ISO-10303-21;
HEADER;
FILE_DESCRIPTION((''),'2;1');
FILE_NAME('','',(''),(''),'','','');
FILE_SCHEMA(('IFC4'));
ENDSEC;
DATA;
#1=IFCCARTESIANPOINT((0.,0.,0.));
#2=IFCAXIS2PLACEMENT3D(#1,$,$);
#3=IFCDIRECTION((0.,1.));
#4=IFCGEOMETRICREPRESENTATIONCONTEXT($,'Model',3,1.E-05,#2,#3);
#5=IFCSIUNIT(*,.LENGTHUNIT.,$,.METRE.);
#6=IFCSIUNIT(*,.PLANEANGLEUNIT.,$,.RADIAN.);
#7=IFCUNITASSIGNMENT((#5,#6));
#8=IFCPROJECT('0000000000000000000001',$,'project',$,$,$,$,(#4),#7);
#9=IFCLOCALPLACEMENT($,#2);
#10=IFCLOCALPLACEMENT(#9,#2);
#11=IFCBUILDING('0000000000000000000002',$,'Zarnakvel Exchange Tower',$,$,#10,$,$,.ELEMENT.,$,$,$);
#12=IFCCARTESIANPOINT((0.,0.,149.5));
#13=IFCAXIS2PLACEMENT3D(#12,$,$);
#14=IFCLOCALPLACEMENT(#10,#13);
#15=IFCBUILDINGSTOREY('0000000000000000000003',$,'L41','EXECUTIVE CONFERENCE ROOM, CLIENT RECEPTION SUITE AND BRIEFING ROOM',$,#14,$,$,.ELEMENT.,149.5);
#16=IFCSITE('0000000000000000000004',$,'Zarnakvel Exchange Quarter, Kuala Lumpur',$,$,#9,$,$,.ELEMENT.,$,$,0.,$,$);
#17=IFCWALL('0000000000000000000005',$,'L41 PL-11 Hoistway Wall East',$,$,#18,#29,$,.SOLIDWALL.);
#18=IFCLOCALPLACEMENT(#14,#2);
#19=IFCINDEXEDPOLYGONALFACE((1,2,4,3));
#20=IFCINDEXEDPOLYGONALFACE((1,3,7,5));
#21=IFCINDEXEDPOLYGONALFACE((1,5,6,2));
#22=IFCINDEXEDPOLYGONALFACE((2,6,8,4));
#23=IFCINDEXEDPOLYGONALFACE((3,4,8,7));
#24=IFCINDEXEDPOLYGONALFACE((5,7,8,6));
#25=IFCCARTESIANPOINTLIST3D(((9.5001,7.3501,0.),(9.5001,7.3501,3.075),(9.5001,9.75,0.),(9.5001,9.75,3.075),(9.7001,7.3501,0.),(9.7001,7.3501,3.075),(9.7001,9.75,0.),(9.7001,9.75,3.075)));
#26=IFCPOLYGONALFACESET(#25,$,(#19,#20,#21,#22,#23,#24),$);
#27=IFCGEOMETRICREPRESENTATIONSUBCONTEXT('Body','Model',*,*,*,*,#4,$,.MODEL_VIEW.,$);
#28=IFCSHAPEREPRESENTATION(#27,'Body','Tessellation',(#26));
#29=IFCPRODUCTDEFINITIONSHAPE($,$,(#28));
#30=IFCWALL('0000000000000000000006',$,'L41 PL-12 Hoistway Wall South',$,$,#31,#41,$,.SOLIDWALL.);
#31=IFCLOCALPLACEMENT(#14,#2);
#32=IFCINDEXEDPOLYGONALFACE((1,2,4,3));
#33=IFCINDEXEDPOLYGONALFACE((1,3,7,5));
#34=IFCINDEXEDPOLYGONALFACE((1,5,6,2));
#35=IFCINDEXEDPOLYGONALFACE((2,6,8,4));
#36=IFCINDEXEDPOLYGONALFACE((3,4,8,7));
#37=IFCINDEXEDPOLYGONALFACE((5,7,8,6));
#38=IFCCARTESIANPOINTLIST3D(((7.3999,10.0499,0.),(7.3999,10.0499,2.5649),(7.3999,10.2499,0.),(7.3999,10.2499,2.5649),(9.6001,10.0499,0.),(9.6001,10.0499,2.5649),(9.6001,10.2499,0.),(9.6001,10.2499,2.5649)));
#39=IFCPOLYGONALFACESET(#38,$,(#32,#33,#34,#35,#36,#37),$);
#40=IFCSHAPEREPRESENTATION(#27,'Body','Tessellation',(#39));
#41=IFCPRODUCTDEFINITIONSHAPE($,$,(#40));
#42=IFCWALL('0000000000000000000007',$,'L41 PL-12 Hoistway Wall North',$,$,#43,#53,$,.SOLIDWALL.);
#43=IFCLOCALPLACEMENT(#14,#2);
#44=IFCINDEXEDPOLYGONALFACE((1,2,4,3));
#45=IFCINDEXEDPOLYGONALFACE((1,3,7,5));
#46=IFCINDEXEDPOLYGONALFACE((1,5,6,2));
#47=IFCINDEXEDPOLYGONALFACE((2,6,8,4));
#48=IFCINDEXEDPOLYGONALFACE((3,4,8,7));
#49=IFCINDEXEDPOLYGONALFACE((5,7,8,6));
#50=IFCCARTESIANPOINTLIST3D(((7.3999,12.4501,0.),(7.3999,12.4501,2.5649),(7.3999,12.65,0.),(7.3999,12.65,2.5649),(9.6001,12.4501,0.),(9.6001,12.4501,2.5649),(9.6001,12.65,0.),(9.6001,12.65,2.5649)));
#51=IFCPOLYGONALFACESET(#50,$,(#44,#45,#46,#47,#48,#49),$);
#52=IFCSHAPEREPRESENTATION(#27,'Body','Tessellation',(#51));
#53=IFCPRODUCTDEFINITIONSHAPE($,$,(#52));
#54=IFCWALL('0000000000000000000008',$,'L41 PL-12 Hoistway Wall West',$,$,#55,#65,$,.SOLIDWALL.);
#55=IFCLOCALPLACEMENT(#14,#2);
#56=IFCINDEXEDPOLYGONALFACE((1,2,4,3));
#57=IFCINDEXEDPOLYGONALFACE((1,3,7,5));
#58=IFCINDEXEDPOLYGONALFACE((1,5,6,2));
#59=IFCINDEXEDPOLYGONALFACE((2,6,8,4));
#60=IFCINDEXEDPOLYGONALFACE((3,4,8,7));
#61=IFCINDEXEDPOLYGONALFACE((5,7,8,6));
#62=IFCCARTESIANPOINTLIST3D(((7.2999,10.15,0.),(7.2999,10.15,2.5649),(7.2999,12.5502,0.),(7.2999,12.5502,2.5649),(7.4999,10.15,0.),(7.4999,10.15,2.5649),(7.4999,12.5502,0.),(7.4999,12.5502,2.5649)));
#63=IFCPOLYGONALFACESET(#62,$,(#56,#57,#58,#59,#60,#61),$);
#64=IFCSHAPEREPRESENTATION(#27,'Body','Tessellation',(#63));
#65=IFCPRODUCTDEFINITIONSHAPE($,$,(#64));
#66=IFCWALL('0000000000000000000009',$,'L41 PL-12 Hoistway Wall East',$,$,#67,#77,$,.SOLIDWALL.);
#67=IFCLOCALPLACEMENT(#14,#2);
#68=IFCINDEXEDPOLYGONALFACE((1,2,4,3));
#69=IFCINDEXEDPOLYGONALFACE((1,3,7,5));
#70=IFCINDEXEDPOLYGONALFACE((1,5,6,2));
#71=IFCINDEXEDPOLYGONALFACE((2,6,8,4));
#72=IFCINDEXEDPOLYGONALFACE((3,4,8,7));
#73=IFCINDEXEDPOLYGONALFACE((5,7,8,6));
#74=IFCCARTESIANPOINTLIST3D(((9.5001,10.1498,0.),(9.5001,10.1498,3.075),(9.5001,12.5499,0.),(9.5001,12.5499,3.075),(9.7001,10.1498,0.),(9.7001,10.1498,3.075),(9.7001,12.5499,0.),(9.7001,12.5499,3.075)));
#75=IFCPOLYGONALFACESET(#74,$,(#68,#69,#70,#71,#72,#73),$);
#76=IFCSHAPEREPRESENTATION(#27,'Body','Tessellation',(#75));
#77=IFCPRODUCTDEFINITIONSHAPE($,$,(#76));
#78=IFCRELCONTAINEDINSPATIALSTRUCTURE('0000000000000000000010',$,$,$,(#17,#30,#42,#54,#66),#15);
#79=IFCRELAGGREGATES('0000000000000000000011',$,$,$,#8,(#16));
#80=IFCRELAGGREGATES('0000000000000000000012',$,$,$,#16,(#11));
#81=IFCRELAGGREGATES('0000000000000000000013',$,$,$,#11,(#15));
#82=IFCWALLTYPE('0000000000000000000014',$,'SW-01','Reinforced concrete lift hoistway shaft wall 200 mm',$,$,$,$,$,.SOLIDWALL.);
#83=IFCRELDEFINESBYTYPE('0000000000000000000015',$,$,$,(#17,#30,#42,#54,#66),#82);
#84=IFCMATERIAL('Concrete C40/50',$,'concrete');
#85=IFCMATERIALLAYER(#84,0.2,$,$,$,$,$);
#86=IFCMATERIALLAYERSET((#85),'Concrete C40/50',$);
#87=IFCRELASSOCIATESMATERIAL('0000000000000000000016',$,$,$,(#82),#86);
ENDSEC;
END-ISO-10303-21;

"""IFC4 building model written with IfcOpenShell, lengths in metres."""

from ifc_helpers import new_model, si_unit, direction, frame, frame_2d, origin, place, context, subcontext, project, spatial, rectangle, extrude, material, layer, layer_set, type_object, element, save


model = new_model("IFC4")

# Units and contexts
model_context = context("Model", 3, precision=1e-05, world=origin(), true_north=direction((0.0, 1.0)))
body_context = subcontext(model_context, "Body", "Model", "MODEL_VIEW")
ifc_project = project(units=[si_unit("LENGTHUNIT", "METRE"), si_unit("PLANEANGLEUNIT", "RADIAN")], contexts=[model_context])

# Site, building, storey
site_placement = place(None, origin())
site = spatial("IfcSite", under=ifc_project, at=site_placement, Name="Zarnakvel Exchange Quarter, Kuala Lumpur", CompositionType="ELEMENT", RefElevation=0.0)
building_placement = place(site_placement, origin())
building = spatial("IfcBuilding", under=site, at=building_placement, Name="Zarnakvel Exchange Tower", CompositionType="ELEMENT")
storey_placement = place(building_placement, frame((0.0, 0.0, 149.5)))
storey = spatial("IfcBuildingStorey", under=building, at=storey_placement, Name="L41", Description="EXECUTIVE CONFERENCE ROOM, CLIENT RECEPTION SUITE AND BRIEFING ROOM", CompositionType="ELEMENT", Elevation=149.5)

# Walls
ifc_material_1 = material(Name="Concrete C40/50", Category="concrete")
ifc_layer_1 = layer(ifc_material_1, 0.2)
ifc_layer_set_1 = layer_set([ifc_layer_1], Name="Concrete C40/50")
wall_type_1 = type_object("IfcWallType", Name="SW-01", Description="Reinforced concrete lift hoistway shaft wall 200 mm", PredefinedType="SOLIDWALL", material=ifc_layer_set_1)
wall_1_placement = place(storey_placement, frame((9.6001, 9.75, 0.0), z_axis=(0.0, 0.0, 1.0), x_axis=(0.0, -1.0, 0.0)))
element("IfcWall", 1, at=wall_1_placement, inside=storey, type_object=wall_type_1, Name="L41 PL-11 Hoistway Wall East", PredefinedType="SOLIDWALL", context=body_context, shape_type="SweptSolid", body=[
    extrude(rectangle(XDim=2.3999, YDim=0.2, at=frame_2d((1.2, 0.0))), origin(), (0.0, 0.0, 1.0), 3.075),
])
for number, where, z_axis, x_axis, name in (
    (2, (9.6001, 10.1499, 0.0), (0.0, 0.0, 1.0), (-1.0, 0.0, 0.0), "L41 PL-12 Hoistway Wall South"),
    (3, (7.3999, 12.55, 0.0), (0.0, 0.0, 1.0), (1.0, 0.0, 0.0), "L41 PL-12 Hoistway Wall North"),
):
    element("IfcWall", number, at=place(storey_placement, frame(where, z_axis=z_axis, x_axis=x_axis)), inside=storey, type_object=wall_type_1, Name=name, PredefinedType="SOLIDWALL", context=body_context, shape_type="SweptSolid", body=[
        extrude(rectangle(XDim=2.2002, YDim=0.2, at=frame_2d((1.1001, 0.0))), origin(), (0.0, 0.0, 1.0), 2.5649),
    ])
wall_2_placement = place(storey_placement, frame((7.3999, 10.1499, 0.0), z_axis=(0.0, 0.0, 1.0), x_axis=(0.0, 1.0, 0.0)))
element("IfcWall", 4, at=wall_2_placement, inside=storey, type_object=wall_type_1, Name="L41 PL-12 Hoistway Wall West", PredefinedType="SOLIDWALL", context=body_context, shape_type="SweptSolid", body=[
    extrude(rectangle(XDim=2.4001, YDim=0.2, at=frame_2d((1.2002, 0.0))), origin(), (0.0, 0.0, 1.0), 2.5649),
])
wall_3_placement = place(storey_placement, frame((9.6001, 12.55, 0.0), z_axis=(0.0, 0.0, 1.0), x_axis=(0.0, -1.0, 0.0)))
element("IfcWall", 5, at=wall_3_placement, inside=storey, type_object=wall_type_1, Name="L41 PL-12 Hoistway Wall East", PredefinedType="SOLIDWALL", context=body_context, shape_type="SweptSolid", body=[
    extrude(rectangle(XDim=2.4001, YDim=0.2, at=frame_2d((1.2002, 0.0))), origin(), (0.0, 0.0, 1.0), 3.075),
])

save(model, "model.ifc")
